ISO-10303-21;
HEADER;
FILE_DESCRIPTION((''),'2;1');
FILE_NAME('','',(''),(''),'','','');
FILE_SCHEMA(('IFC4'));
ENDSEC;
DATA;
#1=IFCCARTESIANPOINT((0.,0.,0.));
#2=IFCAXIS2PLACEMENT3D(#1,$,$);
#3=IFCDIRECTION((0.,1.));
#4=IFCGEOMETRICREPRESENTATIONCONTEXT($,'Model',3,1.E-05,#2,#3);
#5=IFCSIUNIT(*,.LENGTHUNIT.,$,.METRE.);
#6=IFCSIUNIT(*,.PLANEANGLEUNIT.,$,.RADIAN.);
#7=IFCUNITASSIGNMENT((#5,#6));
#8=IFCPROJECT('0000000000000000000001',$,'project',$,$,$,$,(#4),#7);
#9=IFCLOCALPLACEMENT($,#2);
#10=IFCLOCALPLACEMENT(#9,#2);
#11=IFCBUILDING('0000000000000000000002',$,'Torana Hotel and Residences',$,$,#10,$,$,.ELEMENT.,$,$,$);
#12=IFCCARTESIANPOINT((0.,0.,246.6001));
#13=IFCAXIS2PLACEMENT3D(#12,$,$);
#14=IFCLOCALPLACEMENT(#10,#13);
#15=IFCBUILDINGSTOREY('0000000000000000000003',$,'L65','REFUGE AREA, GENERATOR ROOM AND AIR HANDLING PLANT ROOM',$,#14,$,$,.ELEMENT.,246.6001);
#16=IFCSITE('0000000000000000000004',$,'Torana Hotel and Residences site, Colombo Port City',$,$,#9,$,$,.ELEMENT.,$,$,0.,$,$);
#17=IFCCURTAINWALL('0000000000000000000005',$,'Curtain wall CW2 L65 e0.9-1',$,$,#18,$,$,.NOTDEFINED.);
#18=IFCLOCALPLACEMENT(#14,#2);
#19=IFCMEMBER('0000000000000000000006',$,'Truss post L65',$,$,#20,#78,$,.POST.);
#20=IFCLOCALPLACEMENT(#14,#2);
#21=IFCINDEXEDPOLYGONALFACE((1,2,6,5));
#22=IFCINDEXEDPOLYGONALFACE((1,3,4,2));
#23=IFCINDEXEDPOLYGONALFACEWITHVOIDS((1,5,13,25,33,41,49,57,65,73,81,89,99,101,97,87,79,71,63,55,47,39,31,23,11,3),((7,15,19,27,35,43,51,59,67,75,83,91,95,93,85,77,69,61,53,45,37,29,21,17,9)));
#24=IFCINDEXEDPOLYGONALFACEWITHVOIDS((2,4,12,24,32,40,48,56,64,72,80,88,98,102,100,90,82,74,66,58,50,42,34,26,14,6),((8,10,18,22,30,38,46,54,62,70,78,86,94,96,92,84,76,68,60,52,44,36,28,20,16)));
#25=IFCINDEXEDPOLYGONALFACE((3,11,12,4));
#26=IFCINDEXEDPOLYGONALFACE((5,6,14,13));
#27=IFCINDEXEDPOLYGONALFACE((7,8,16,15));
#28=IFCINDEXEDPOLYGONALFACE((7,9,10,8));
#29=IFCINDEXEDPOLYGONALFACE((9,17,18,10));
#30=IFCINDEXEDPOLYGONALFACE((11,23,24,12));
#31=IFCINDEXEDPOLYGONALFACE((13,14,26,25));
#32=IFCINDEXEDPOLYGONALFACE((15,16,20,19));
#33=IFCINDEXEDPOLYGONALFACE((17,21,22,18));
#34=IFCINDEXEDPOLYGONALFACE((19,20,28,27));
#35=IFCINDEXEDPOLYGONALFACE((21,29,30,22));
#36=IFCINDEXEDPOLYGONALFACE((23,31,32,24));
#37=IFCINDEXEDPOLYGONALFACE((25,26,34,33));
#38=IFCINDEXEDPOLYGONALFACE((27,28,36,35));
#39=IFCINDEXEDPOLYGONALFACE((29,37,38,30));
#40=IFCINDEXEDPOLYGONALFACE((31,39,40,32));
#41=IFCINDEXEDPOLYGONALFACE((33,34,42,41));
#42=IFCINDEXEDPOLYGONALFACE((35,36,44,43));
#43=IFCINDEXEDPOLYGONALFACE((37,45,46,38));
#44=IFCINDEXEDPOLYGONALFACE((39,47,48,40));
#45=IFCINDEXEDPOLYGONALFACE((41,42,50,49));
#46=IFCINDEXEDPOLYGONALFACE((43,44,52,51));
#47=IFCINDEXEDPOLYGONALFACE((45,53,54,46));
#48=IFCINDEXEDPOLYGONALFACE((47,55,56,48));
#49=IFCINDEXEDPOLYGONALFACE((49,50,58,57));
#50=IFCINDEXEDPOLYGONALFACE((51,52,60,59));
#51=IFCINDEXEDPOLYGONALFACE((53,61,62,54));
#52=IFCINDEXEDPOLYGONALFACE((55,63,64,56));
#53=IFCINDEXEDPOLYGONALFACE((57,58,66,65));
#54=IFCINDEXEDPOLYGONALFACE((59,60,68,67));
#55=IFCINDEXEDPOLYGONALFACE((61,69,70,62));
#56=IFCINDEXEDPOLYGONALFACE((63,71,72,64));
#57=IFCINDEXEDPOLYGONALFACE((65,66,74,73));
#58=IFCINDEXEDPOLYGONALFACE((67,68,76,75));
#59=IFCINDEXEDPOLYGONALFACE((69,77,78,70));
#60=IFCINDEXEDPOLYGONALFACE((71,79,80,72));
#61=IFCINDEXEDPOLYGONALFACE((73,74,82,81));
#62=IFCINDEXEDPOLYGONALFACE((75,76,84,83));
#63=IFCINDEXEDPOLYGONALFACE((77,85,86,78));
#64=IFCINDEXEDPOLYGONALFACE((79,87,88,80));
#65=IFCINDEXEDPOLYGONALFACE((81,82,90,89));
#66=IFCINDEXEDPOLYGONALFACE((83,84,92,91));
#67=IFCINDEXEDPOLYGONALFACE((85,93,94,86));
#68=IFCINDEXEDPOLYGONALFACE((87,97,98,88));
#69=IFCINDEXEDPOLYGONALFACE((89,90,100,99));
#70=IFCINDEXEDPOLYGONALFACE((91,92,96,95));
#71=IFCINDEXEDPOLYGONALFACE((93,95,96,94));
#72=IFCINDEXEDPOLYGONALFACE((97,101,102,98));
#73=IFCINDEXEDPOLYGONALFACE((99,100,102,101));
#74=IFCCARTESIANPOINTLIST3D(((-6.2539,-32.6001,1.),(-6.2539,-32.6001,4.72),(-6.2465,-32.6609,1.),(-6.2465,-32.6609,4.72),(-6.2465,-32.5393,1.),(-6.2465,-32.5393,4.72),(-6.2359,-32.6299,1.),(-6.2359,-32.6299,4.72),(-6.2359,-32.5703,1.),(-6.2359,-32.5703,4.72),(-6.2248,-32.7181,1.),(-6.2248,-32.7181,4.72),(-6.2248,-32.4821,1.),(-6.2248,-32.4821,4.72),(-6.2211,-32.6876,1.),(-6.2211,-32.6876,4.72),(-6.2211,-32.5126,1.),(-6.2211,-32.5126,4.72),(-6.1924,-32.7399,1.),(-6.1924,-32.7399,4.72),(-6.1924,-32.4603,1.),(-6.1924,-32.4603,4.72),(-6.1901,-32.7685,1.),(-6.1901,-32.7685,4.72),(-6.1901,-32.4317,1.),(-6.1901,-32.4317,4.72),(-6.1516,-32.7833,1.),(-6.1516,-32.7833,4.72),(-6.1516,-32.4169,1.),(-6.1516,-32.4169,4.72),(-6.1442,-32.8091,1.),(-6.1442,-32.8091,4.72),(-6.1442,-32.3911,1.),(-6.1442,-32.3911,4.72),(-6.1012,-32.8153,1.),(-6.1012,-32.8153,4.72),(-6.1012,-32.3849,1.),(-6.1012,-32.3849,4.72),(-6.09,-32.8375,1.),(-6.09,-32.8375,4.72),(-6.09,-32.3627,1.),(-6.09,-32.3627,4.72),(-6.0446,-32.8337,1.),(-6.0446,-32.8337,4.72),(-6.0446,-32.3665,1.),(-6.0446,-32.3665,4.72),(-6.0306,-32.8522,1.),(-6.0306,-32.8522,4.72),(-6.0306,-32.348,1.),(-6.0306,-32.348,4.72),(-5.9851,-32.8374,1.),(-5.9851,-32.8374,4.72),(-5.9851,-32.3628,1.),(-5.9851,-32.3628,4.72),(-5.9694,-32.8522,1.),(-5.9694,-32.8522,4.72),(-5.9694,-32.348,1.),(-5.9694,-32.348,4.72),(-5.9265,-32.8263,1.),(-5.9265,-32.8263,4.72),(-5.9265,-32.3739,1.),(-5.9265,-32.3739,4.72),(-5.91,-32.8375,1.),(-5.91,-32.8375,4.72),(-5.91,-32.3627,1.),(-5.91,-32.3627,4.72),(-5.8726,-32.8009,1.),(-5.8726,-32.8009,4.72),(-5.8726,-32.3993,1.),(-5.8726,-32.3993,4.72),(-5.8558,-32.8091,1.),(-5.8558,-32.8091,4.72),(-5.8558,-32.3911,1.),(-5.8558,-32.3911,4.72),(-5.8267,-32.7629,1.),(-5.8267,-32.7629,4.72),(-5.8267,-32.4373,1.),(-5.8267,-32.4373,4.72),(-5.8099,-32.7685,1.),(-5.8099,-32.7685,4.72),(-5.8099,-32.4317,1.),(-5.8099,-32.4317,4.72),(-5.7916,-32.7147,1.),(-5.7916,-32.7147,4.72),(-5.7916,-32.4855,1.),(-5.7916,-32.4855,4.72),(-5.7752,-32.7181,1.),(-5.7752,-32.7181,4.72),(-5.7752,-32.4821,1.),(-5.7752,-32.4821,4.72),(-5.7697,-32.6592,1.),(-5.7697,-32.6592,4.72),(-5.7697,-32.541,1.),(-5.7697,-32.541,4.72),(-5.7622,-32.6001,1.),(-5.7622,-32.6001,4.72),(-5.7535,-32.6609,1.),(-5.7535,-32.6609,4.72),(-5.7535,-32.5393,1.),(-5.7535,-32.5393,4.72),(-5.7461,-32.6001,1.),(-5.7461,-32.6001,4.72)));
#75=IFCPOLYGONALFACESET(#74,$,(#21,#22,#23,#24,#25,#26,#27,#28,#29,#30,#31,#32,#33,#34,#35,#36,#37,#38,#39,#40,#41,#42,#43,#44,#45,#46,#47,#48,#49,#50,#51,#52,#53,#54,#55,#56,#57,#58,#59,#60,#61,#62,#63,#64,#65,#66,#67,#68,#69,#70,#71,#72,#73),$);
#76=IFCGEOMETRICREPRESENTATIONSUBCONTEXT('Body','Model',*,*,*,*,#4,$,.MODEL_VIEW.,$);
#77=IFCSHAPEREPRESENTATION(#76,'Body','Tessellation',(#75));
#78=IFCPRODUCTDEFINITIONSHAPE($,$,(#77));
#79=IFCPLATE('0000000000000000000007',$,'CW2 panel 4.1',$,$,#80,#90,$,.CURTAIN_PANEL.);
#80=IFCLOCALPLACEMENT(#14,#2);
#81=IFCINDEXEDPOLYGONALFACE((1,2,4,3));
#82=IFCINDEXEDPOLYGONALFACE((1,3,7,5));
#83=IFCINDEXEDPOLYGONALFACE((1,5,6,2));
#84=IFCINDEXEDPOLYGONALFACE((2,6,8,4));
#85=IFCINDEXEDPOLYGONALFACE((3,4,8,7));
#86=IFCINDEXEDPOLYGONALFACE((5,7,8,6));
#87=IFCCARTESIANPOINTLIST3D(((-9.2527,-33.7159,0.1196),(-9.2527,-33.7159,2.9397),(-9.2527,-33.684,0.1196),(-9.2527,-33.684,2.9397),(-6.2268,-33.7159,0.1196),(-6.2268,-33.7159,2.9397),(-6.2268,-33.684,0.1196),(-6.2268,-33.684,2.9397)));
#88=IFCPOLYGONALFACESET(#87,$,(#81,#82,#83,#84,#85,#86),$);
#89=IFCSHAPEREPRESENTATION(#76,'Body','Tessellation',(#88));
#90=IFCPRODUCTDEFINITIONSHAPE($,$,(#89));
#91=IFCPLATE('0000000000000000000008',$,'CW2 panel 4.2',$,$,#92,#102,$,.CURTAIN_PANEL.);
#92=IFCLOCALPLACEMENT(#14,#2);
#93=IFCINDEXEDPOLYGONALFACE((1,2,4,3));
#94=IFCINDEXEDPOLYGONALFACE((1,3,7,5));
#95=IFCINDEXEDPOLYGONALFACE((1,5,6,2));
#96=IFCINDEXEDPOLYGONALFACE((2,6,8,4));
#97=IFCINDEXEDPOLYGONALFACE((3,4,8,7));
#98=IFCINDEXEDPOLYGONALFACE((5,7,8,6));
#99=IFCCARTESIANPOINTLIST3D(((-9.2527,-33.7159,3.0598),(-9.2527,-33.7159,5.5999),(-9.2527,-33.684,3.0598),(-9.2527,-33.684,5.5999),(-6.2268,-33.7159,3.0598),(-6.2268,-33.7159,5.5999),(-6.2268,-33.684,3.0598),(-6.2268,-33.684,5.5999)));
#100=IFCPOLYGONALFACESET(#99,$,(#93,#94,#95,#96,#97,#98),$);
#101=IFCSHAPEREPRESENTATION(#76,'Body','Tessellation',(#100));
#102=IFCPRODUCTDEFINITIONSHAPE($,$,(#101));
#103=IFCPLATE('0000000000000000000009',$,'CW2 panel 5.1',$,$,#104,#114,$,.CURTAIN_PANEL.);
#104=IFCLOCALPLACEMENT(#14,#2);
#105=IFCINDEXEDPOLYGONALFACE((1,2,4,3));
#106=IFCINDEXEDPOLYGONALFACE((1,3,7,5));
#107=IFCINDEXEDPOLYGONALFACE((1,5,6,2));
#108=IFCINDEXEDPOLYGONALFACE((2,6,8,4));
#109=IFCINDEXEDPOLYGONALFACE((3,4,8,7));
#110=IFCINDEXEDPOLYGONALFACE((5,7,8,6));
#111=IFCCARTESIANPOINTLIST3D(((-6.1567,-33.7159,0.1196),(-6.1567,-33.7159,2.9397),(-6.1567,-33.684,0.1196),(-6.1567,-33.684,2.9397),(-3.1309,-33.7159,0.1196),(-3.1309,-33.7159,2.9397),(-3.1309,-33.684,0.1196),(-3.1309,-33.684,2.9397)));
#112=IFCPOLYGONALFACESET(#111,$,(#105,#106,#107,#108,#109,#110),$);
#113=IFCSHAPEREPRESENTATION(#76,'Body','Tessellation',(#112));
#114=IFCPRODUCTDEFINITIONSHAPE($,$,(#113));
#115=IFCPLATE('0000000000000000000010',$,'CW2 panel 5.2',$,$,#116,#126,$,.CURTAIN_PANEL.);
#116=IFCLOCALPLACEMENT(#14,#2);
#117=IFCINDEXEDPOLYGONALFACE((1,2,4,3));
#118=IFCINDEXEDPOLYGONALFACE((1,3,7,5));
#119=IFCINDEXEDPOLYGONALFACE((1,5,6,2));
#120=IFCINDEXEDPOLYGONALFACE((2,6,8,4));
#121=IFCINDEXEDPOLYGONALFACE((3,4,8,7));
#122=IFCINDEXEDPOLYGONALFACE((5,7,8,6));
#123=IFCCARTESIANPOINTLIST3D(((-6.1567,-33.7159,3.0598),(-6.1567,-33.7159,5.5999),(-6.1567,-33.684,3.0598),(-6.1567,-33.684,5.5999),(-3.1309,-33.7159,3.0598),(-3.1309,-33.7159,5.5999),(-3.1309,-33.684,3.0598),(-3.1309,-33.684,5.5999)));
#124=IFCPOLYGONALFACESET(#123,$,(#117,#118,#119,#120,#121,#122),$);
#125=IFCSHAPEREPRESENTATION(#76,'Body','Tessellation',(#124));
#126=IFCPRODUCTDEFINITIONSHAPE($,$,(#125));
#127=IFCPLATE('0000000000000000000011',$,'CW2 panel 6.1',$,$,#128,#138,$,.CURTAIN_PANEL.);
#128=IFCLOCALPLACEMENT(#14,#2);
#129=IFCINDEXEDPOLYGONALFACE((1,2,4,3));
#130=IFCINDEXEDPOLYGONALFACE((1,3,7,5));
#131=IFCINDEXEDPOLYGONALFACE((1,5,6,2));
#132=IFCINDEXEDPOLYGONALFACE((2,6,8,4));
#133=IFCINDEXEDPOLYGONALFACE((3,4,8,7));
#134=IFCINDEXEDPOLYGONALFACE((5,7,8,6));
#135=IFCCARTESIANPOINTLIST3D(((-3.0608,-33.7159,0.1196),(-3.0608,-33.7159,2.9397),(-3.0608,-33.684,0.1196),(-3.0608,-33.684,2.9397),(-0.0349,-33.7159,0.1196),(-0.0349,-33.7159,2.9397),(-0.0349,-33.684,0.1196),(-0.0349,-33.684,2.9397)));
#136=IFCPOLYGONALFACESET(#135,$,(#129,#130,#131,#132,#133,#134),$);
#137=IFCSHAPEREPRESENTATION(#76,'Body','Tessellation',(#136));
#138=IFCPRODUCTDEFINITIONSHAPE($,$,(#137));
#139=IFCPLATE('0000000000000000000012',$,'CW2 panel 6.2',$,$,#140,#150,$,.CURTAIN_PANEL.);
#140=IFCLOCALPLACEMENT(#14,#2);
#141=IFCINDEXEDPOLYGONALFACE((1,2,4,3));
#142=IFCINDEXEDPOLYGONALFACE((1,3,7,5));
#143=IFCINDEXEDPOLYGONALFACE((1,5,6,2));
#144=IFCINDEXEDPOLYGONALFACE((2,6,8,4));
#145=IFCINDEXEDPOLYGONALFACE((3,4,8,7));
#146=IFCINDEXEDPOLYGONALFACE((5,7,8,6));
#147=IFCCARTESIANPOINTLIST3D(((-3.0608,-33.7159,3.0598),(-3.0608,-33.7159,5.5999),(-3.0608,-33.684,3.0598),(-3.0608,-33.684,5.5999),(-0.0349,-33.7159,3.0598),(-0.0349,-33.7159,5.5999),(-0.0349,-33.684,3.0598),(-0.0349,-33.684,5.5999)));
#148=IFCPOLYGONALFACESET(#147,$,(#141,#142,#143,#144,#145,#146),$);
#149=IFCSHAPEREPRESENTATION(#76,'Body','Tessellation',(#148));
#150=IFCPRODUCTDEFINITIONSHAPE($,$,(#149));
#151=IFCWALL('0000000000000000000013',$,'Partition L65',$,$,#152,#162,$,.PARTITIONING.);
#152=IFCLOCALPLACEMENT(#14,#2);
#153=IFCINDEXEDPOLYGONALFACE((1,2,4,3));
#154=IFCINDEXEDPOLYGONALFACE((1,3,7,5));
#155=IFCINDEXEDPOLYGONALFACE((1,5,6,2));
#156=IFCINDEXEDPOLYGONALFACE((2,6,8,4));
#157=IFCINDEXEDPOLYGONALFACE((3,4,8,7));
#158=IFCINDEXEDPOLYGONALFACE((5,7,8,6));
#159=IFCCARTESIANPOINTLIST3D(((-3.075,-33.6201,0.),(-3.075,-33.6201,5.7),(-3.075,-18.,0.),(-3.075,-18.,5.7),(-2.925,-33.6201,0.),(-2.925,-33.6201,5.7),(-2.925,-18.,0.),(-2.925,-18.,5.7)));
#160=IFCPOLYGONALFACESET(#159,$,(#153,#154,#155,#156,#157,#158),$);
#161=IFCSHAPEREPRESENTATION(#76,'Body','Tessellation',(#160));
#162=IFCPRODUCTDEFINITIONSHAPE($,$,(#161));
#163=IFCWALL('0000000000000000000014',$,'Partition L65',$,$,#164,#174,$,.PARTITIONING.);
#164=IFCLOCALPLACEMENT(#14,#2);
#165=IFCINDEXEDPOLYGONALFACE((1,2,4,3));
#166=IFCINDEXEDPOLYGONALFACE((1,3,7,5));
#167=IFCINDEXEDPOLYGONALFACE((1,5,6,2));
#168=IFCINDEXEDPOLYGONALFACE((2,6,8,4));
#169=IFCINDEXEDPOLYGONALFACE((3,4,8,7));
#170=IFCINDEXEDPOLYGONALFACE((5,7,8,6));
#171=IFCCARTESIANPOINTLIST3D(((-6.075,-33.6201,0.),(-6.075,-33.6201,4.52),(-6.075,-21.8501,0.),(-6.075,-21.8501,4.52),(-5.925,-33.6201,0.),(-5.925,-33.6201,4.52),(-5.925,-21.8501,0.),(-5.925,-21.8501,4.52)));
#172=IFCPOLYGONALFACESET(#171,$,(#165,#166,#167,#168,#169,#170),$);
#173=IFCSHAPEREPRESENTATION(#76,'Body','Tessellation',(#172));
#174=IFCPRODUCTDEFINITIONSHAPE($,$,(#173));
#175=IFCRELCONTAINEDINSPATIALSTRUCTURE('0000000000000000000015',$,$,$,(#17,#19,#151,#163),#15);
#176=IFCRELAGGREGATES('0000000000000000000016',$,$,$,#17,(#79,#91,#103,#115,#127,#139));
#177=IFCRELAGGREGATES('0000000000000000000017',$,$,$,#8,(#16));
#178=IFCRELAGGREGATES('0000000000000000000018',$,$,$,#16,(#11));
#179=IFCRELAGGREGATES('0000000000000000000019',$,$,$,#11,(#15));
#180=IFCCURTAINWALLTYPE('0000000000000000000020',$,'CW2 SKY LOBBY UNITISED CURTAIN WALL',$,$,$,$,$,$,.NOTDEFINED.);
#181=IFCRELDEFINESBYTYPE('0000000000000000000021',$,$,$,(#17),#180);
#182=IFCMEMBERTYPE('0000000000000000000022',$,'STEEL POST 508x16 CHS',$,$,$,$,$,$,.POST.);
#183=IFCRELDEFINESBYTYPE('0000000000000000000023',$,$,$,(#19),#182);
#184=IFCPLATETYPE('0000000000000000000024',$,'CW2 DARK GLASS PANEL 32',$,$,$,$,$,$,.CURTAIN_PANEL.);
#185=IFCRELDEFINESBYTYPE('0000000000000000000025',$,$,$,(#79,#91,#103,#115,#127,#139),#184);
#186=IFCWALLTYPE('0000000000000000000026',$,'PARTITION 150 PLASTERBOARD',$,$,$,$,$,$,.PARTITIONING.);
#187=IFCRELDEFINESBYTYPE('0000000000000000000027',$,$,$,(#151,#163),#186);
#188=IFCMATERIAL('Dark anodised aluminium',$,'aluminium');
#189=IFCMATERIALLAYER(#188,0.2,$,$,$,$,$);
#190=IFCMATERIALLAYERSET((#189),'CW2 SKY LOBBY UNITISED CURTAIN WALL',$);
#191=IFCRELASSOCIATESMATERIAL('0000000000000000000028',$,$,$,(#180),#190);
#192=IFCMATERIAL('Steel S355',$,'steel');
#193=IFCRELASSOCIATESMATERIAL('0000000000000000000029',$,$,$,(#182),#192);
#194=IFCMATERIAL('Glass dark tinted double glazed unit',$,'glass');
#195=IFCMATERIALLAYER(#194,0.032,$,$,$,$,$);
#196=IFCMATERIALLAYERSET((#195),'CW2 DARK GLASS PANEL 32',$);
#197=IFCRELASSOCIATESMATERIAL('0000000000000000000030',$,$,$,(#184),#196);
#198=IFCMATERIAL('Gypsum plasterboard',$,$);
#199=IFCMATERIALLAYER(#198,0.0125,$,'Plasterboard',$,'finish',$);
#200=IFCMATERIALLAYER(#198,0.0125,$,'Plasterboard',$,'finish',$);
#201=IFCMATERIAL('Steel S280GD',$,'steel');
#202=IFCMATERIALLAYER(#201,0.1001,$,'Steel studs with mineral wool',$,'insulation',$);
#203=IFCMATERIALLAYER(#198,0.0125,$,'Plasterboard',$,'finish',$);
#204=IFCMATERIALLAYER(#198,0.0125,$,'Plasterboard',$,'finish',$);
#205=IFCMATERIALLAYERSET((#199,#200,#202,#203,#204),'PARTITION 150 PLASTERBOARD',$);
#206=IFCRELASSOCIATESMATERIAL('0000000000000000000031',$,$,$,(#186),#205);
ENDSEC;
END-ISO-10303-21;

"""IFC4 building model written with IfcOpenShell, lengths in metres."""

from ifc_helpers import new_model, si_unit, direction, frame, frame_2d, origin, origin_2d, place, context, subcontext, project, spatial, rectangle, hollow_circle, extrude, material, layer, layer_set, material_profile, profile_set, type_object, element, aggregate, save


model = new_model("IFC4")

# Units and contexts
model_context = context("Model", 3, precision=1e-05, world=origin(), true_north=direction((0.0, 1.0)))
body_context = subcontext(model_context, "Body", "Model", "MODEL_VIEW")
ifc_project = project(units=[si_unit("LENGTHUNIT", "METRE"), si_unit("PLANEANGLEUNIT", "RADIAN")], contexts=[model_context])

# Site, building, storey
site_placement = place(None, origin())
site = spatial("IfcSite", under=ifc_project, at=site_placement, Name="Torana Hotel and Residences site, Colombo Port City", CompositionType="ELEMENT", RefElevation=0.0)
building_placement = place(site_placement, origin())
building = spatial("IfcBuilding", under=site, at=building_placement, Name="Torana Hotel and Residences", CompositionType="ELEMENT")
storey_placement = place(building_placement, frame((0.0, 0.0, 246.6001)))
storey = spatial("IfcBuildingStorey", under=building, at=storey_placement, Name="L65", Description="REFUGE AREA, GENERATOR ROOM AND AIR HANDLING PLANT ROOM", CompositionType="ELEMENT", Elevation=246.6001)

# Curtain wall
ifc_material_1 = material(Name="Dark anodised aluminium", Category="aluminium")
ifc_layer_1 = layer(ifc_material_1, 0.2)
ifc_layer_set_1 = layer_set([ifc_layer_1], Name="CW2 SKY LOBBY UNITISED CURTAIN WALL")
curtain_wall_type = type_object("IfcCurtainWallType", Name="CW2 SKY LOBBY UNITISED CURTAIN WALL", PredefinedType="NOTDEFINED", material=ifc_layer_set_1)
curtain_wall_placement = place(storey_placement, origin())
curtain_wall = element("IfcCurtainWall", 1, at=curtain_wall_placement, inside=storey, type_object=curtain_wall_type, Name="Curtain wall CW2 L65 e0.9-1", PredefinedType="NOTDEFINED")

# Member
ifc_material_2 = material(Name="Steel S355", Category="steel")
ifc_material_profile_1 = material_profile(ifc_material_2, hollow_circle(Radius=0.2539, WallThickness=0.0161, at=origin_2d()), Name="508x16 CHS")
ifc_profile_set_1 = profile_set([ifc_material_profile_1], Name="Steel S355")
member_type_1 = type_object("IfcMemberType", Name="STEEL POST 508x16 CHS", PredefinedType="POST", material=ifc_profile_set_1)
member_1_placement = place(storey_placement, frame((-6.0, -32.6001, 1.0), z_axis=(0.0, 0.0, 1.0), x_axis=(1.0, 0.0, 0.0)))
element("IfcMember", 2, at=member_1_placement, inside=storey, type_object=member_type_1, Name="Truss post L65", PredefinedType="POST", context=body_context, shape_type="SweptSolid", body=[
    extrude(hollow_circle(Radius=0.2539, WallThickness=0.0161, at=origin_2d()), origin(), (0.0, 0.0, 1.0), 3.72),
])

# Plates
ifc_material_3 = material(Name="Glass dark tinted double glazed unit", Category="glass")
ifc_layer_2 = layer(ifc_material_3, 0.032)
ifc_layer_set_2 = layer_set([ifc_layer_2], Name="CW2 DARK GLASS PANEL 32")
plate_type = type_object("IfcPlateType", Name="CW2 DARK GLASS PANEL 32", PredefinedType="CURTAIN_PANEL", material=ifc_layer_set_2)
plate_1_placement = place(storey_placement, frame((-7.7397, -33.7, 0.1196), z_axis=(0.0, 0.0, 1.0), x_axis=(1.0, 0.0, 0.0)))
plate_1 = element("IfcPlate", 3, at=plate_1_placement, type_object=plate_type, Name="CW2 panel 4.1", PredefinedType="CURTAIN_PANEL", context=body_context, shape_type="SweptSolid", body=[
    extrude(rectangle(XDim=3.0259, YDim=0.032, at=origin_2d()), origin(), (0.0, 0.0, 1.0), 2.8201),
])
plate_2_placement = place(storey_placement, frame((-7.7397, -33.7, 3.0598), z_axis=(0.0, 0.0, 1.0), x_axis=(1.0, 0.0, 0.0)))
plate_2 = element("IfcPlate", 4, at=plate_2_placement, type_object=plate_type, Name="CW2 panel 4.2", PredefinedType="CURTAIN_PANEL", context=body_context, shape_type="SweptSolid", body=[
    extrude(rectangle(XDim=3.0259, YDim=0.032, at=origin_2d()), origin(), (0.0, 0.0, 1.0), 2.54),
])
plate_3_placement = place(storey_placement, frame((-4.6438, -33.7, 0.1196), z_axis=(0.0, 0.0, 1.0), x_axis=(1.0, 0.0, 0.0)))
plate_3 = element("IfcPlate", 5, at=plate_3_placement, type_object=plate_type, Name="CW2 panel 5.1", PredefinedType="CURTAIN_PANEL", context=body_context, shape_type="SweptSolid", body=[
    extrude(rectangle(XDim=3.0259, YDim=0.032, at=origin_2d()), origin(), (0.0, 0.0, 1.0), 2.8201),
])
plate_4_placement = place(storey_placement, frame((-4.6438, -33.7, 3.0598), z_axis=(0.0, 0.0, 1.0), x_axis=(1.0, 0.0, 0.0)))
plate_4 = element("IfcPlate", 6, at=plate_4_placement, type_object=plate_type, Name="CW2 panel 5.2", PredefinedType="CURTAIN_PANEL", context=body_context, shape_type="SweptSolid", body=[
    extrude(rectangle(XDim=3.0259, YDim=0.032, at=origin_2d()), origin(), (0.0, 0.0, 1.0), 2.54),
])
plate_5_placement = place(storey_placement, frame((-1.5479, -33.7, 0.1196), z_axis=(0.0, 0.0, 1.0), x_axis=(1.0, 0.0, 0.0)))
plate_5 = element("IfcPlate", 7, at=plate_5_placement, type_object=plate_type, Name="CW2 panel 6.1", PredefinedType="CURTAIN_PANEL", context=body_context, shape_type="SweptSolid", body=[
    extrude(rectangle(XDim=3.0259, YDim=0.032, at=origin_2d()), origin(), (0.0, 0.0, 1.0), 2.8201),
])
plate_6_placement = place(storey_placement, frame((-1.5479, -33.7, 3.0598), z_axis=(0.0, 0.0, 1.0), x_axis=(1.0, 0.0, 0.0)))
plate_6 = element("IfcPlate", 8, at=plate_6_placement, type_object=plate_type, Name="CW2 panel 6.2", PredefinedType="CURTAIN_PANEL", context=body_context, shape_type="SweptSolid", body=[
    extrude(rectangle(XDim=3.0259, YDim=0.032, at=origin_2d()), origin(), (0.0, 0.0, 1.0), 2.54),
])
aggregate(curtain_wall, [plate_1, plate_2, plate_3, plate_4, plate_5, plate_6])

# Walls
ifc_material_4 = material(Name="Gypsum plasterboard")
ifc_layer_3 = layer(ifc_material_4, 0.0125, Name="Plasterboard", Category="finish")
ifc_layer_4 = layer(ifc_material_4, 0.0125, Name="Plasterboard", Category="finish")
ifc_material_5 = material(Name="Steel S280GD", Category="steel")
ifc_layer_5 = layer(ifc_material_5, 0.1001, Name="Steel studs with mineral wool", Category="insulation")
ifc_layer_6 = layer(ifc_material_4, 0.0125, Name="Plasterboard", Category="finish")
ifc_layer_7 = layer(ifc_material_4, 0.0125, Name="Plasterboard", Category="finish")
ifc_layer_set_3 = layer_set([ifc_layer_3, ifc_layer_4, ifc_layer_5, ifc_layer_6, ifc_layer_7], Name="PARTITION 150 PLASTERBOARD")
wall_type = type_object("IfcWallType", Name="PARTITION 150 PLASTERBOARD", PredefinedType="PARTITIONING", material=ifc_layer_set_3)
wall_1_placement = place(storey_placement, frame((-3.0, -33.6201, 0.0), z_axis=(0.0, 0.0, 1.0), x_axis=(0.0, 1.0, 0.0)))
element("IfcWall", 9, at=wall_1_placement, inside=storey, type_object=wall_type, Name="Partition L65", PredefinedType="PARTITIONING", context=body_context, shape_type="SweptSolid", body=[
    extrude(rectangle(XDim=15.6201, YDim=0.1499, at=frame_2d((7.8101, 0.0))), origin(), (0.0, 0.0, 1.0), 5.7),
])
wall_2_placement = place(storey_placement, frame((-6.0, -33.6201, 0.0), z_axis=(0.0, 0.0, 1.0), x_axis=(0.0, 1.0, 0.0)))
element("IfcWall", 10, at=wall_2_placement, inside=storey, type_object=wall_type, Name="Partition L65", PredefinedType="PARTITIONING", context=body_context, shape_type="SweptSolid", body=[
    extrude(rectangle(XDim=11.77, YDim=0.1499, at=frame_2d((5.885, 0.0))), origin(), (0.0, 0.0, 1.0), 4.52),
])

save(model, "model.ifc")
